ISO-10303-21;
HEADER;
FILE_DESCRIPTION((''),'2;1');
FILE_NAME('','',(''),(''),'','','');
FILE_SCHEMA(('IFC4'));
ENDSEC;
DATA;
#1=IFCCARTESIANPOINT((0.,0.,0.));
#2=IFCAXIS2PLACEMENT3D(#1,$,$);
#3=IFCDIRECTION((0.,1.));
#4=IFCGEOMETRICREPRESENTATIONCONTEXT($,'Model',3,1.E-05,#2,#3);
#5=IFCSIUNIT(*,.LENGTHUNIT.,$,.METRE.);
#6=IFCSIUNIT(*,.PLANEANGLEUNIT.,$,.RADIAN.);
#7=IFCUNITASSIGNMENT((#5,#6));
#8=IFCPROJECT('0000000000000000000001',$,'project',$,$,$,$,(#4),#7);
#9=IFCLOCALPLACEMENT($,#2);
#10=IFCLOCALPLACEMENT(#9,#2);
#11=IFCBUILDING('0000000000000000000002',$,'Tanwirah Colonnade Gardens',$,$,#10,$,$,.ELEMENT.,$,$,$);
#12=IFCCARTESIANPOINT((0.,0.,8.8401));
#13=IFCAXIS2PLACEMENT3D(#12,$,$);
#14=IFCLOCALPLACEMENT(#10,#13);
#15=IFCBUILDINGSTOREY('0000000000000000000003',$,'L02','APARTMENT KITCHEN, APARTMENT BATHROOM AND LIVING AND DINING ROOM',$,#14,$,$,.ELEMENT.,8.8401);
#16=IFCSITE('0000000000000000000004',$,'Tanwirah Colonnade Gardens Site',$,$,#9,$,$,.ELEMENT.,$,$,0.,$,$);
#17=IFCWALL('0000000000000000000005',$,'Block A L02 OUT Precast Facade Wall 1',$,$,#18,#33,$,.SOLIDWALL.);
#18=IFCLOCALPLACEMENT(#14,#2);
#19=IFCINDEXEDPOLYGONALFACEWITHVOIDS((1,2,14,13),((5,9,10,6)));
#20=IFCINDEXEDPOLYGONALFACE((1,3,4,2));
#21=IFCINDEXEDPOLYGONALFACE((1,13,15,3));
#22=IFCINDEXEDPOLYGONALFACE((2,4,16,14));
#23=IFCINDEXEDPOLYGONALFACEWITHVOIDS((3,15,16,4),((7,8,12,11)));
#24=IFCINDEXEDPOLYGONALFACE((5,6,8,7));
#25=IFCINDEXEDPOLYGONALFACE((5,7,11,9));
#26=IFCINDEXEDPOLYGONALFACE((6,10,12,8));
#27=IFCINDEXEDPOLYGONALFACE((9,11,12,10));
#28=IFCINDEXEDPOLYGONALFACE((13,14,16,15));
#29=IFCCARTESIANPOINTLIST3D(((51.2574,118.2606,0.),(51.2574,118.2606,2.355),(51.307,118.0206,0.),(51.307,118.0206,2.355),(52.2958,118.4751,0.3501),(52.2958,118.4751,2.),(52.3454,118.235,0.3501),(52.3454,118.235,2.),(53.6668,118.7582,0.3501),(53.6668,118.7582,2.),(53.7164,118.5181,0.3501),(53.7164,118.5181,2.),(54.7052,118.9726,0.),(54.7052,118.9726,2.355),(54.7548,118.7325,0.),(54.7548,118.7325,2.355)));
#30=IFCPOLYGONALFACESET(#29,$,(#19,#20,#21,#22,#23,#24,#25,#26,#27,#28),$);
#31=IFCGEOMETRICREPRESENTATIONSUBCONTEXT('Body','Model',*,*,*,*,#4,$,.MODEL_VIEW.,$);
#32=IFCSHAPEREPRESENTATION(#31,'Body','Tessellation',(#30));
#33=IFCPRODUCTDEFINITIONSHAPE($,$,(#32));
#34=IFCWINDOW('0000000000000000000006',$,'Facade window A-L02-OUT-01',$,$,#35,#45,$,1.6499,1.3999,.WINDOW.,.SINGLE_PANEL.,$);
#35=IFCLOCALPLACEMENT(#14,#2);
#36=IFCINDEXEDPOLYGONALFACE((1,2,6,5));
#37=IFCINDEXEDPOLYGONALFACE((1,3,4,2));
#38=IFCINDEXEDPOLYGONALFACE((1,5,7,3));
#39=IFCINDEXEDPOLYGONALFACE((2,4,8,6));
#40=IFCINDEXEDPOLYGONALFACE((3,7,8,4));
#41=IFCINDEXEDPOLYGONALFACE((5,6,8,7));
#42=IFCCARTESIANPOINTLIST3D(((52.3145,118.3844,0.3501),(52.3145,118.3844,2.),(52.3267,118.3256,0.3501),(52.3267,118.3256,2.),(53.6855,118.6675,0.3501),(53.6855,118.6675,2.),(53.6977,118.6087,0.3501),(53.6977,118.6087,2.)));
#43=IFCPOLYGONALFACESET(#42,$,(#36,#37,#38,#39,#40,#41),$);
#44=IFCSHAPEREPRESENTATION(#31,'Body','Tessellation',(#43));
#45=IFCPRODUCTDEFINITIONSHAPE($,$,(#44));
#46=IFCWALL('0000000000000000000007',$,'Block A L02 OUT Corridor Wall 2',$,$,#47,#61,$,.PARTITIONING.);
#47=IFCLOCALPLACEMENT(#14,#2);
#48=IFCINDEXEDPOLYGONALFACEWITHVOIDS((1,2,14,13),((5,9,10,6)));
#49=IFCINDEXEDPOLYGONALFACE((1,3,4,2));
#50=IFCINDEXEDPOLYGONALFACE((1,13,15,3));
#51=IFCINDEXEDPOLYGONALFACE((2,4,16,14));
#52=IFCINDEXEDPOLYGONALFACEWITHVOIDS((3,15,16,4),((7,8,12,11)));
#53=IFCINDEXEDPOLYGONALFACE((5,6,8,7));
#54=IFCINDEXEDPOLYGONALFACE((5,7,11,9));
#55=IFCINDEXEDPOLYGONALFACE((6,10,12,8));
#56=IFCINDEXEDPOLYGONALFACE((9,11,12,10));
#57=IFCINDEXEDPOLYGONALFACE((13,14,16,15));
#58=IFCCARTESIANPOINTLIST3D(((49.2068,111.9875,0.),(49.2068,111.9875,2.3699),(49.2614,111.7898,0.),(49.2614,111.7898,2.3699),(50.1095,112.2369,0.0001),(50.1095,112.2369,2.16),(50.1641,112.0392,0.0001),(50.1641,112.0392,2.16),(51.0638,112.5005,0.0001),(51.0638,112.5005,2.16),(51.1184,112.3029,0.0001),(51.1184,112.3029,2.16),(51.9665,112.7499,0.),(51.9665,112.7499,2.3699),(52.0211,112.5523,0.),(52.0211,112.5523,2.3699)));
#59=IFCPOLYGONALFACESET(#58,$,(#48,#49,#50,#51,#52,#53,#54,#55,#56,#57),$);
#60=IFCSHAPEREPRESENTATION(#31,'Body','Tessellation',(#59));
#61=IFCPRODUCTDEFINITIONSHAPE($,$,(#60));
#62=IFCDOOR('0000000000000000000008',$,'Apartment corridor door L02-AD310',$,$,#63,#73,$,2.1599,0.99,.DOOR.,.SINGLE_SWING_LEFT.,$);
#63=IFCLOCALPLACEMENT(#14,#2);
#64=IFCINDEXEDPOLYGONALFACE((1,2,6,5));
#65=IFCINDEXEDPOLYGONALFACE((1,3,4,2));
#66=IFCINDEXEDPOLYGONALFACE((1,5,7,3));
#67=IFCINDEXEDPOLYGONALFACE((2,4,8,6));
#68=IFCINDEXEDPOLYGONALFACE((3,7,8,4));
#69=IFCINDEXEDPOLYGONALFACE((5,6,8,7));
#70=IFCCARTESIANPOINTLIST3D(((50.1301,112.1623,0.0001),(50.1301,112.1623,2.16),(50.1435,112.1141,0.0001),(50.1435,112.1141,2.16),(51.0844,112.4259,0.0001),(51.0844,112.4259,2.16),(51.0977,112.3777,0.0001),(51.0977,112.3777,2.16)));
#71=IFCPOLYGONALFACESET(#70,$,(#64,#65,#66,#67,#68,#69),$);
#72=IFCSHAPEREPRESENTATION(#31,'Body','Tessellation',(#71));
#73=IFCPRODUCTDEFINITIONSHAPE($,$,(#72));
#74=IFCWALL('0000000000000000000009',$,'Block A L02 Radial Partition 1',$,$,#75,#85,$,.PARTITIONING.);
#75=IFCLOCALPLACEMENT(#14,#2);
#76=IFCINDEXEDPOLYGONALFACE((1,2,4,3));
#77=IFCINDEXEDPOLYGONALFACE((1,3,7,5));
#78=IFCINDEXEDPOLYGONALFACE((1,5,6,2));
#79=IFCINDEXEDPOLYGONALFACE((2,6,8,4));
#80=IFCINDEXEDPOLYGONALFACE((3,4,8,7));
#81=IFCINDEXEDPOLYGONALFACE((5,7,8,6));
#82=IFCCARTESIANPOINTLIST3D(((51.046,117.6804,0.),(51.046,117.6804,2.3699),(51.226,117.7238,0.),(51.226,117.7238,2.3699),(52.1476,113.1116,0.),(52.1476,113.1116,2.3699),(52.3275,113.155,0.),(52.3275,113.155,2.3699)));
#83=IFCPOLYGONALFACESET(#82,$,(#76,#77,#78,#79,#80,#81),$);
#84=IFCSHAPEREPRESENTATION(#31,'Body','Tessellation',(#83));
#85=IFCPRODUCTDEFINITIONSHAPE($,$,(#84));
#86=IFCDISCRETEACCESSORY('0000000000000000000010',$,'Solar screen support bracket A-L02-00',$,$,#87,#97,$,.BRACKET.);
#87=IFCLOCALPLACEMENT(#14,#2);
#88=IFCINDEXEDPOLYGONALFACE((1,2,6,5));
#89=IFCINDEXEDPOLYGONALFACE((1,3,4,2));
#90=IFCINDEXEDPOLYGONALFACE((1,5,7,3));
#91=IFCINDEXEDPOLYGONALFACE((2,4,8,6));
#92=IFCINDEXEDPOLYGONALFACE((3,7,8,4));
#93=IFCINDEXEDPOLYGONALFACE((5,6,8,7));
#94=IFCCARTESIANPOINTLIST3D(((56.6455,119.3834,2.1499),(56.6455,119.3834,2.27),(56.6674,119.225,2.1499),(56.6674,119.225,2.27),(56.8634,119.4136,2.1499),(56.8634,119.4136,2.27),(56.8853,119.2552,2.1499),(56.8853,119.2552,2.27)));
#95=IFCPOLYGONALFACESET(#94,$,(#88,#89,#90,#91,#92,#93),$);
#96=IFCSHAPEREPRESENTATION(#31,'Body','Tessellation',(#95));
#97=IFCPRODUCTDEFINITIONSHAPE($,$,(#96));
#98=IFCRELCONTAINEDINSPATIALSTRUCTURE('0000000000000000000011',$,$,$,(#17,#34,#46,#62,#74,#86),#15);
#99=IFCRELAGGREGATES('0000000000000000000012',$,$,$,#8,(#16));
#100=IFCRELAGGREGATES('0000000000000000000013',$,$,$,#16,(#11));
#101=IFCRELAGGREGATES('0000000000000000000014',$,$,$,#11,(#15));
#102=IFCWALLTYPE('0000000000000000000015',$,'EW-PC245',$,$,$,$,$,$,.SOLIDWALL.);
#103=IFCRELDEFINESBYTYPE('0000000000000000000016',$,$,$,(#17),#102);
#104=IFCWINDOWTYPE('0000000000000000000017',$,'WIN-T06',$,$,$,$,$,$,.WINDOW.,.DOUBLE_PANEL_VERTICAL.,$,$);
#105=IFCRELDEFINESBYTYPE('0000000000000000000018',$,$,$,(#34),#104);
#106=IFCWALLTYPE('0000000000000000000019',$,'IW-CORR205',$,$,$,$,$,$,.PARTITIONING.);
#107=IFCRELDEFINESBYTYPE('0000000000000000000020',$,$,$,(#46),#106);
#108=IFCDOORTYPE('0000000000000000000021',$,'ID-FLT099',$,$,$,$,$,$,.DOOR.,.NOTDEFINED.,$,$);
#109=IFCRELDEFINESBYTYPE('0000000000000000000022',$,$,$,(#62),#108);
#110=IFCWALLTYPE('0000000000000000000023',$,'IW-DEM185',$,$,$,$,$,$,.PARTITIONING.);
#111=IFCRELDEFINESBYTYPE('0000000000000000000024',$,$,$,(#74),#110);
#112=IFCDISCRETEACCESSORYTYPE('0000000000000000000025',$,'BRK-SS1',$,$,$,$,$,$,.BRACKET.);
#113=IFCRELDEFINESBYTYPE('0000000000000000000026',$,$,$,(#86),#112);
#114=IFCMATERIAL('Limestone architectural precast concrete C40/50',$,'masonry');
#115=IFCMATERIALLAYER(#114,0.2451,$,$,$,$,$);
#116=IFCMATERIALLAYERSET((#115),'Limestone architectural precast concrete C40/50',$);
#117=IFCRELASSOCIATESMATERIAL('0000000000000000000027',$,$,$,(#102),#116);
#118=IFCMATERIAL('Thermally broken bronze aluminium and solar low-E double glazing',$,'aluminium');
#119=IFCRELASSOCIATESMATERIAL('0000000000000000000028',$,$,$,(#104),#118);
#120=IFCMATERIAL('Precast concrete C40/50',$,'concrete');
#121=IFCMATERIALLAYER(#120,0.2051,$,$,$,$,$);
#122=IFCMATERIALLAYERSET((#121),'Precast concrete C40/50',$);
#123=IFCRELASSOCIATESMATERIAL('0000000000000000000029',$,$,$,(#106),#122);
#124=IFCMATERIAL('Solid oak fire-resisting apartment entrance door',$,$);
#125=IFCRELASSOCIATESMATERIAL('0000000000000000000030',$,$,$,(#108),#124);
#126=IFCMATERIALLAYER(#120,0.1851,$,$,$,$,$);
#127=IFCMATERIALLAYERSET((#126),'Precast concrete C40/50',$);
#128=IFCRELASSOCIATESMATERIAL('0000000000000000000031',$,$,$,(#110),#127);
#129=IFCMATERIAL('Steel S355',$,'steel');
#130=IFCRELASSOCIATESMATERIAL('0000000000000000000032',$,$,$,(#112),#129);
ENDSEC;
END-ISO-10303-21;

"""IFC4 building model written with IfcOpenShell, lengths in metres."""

from ifc_helpers import new_model, si_unit, direction, frame, frame_2d, origin, origin_2d, place, context, subcontext, project, spatial, rectangle, extrude, material, layer, layer_set, type_object, element, fill, save


model = new_model("IFC4")

# Units and contexts
model_context = context("Model", 3, precision=1e-05, world=origin(), true_north=direction((0.0, 1.0)))
body_context = subcontext(model_context, "Body", "Model", "MODEL_VIEW")
ifc_project = project(units=[si_unit("LENGTHUNIT", "METRE"), si_unit("PLANEANGLEUNIT", "RADIAN")], contexts=[model_context])

# Site, building, storey
site_placement = place(None, origin())
site = spatial("IfcSite", under=ifc_project, at=site_placement, Name="Tanwirah Colonnade Gardens Site", CompositionType="ELEMENT", RefElevation=0.0)
building_placement = place(site_placement, origin())
building = spatial("IfcBuilding", under=site, at=building_placement, Name="Tanwirah Colonnade Gardens", CompositionType="ELEMENT")
storey_placement = place(building_placement, frame((0.0, 0.0, 8.8401)))
storey = spatial("IfcBuildingStorey", under=building, at=storey_placement, Name="L02", Description="APARTMENT KITCHEN, APARTMENT BATHROOM AND LIVING AND DINING ROOM", CompositionType="ELEMENT", Elevation=8.8401)

# Shared definitions
ifc_material_1 = material(Name="Precast concrete C40/50", Category="concrete")

# Wall, opening, window
ifc_material_2 = material(Name="Limestone architectural precast concrete C40/50", Category="masonry")
ifc_layer_1 = layer(ifc_material_2, 0.2451)
ifc_layer_set_1 = layer_set([ifc_layer_1], Name="Limestone architectural precast concrete C40/50")
wall_type_1 = type_object("IfcWallType", Name="EW-PC245", PredefinedType="SOLIDWALL", material=ifc_layer_set_1)
wall_1_placement = place(storey_placement, frame((54.73, 118.8525, 0.0), z_axis=(0.0, 0.0, 1.0), x_axis=(-0.97934, -0.20222, 0.0)))
wall_1 = element("IfcWall", 1, at=wall_1_placement, inside=storey, type_object=wall_type_1, Name="Block A L02 OUT Precast Facade Wall 1", PredefinedType="SOLIDWALL", context=body_context, shape_type="SweptSolid", body=[
    extrude(rectangle(XDim=3.5205, YDim=0.2451, at=frame_2d((1.7603, 0.0))), origin(), (0.0, 0.0, 1.0), 2.355),
])
opening_1_placement = place(wall_1_placement, frame((1.0603, 0.0, 0.3501)))
opening_1 = element("IfcOpeningElement", 2, at=opening_1_placement, cuts=wall_1, PredefinedType="OPENING", context=body_context, shape_type="SweptSolid", body=[
    extrude(rectangle(XDim=1.3999, YDim=1.6499, at=frame_2d((0.7, 0.825))), frame((0.0, 0.1326, 0.0), z_axis=(0.0, -1.0, 0.0), x_axis=(1.0, 0.0, 0.0)), (0.0, 0.0, 1.0), 0.2651),
])
ifc_material_3 = material(Name="Thermally broken bronze aluminium and solar low-E double glazing", Category="aluminium")
window_type = type_object("IfcWindowType", Name="WIN-T06", PartitioningType="DOUBLE_PANEL_VERTICAL", PredefinedType="WINDOW", material=ifc_material_3)
window_placement = place(opening_1_placement, origin())
window = element("IfcWindow", 3, at=window_placement, inside=storey, type_object=window_type, Name="Facade window A-L02-OUT-01", OverallHeight=1.6499, OverallWidth=1.3999, PartitioningType="SINGLE_PANEL", PredefinedType="WINDOW", context=body_context, shape_type="SweptSolid", body=[
    extrude(rectangle(XDim=1.3999, YDim=1.6499, at=frame_2d((0.7, 0.825))), frame((0.0, 0.03, 0.0), z_axis=(0.0, -1.0, 0.0), x_axis=(1.0, 0.0, 0.0)), (0.0, 0.0, 1.0), 0.0601),
])
fill(opening_1, window)

# Wall, opening, door
ifc_layer_2 = layer(ifc_material_1, 0.2051)
ifc_layer_set_2 = layer_set([ifc_layer_2], Name="Precast concrete C40/50")
wall_type_2 = type_object("IfcWallType", Name="IW-CORR205", PredefinedType="PARTITIONING", material=ifc_layer_set_2)
ifc_material_4 = material(Name="Solid oak fire-resisting apartment entrance door")
wall_2_placement = place(storey_placement, frame((51.9939, 112.6511, 0.0), z_axis=(0.0, 0.0, 1.0), x_axis=(-0.963891, -0.266298, 0.0)))
wall_2 = element("IfcWall", 4, at=wall_2_placement, inside=storey, type_object=wall_type_2, Name="Block A L02 OUT Corridor Wall 2", PredefinedType="PARTITIONING", context=body_context, shape_type="SweptSolid", body=[
    extrude(rectangle(XDim=2.863, YDim=0.2051, at=frame_2d((1.4316, 0.0))), origin(), (0.0, 0.0, 1.0), 2.3699),
])
opening_2_placement = place(wall_2_placement, frame((0.9365, 0.0, 0.0)))
opening_2 = element("IfcOpeningElement", 5, at=opening_2_placement, cuts=wall_2, PredefinedType="OPENING", context=body_context, shape_type="SweptSolid", body=[
    extrude(rectangle(XDim=0.99, YDim=2.1599, at=frame_2d((0.4951, 1.0801))), frame((0.0, 0.1125, 0.0), z_axis=(0.0, -1.0, 0.0), x_axis=(1.0, 0.0, 0.0)), (0.0, 0.0, 1.0), 0.2251),
])
door_type_1 = type_object("IfcDoorType", Name="ID-FLT099", OperationType="NOTDEFINED", PredefinedType="DOOR", material=ifc_material_4)
door_1_placement = place(opening_2_placement, origin())
door_1 = element("IfcDoor", 6, at=door_1_placement, inside=storey, type_object=door_type_1, Name="Apartment corridor door L02-AD310", OperationType="SINGLE_SWING_LEFT", OverallHeight=2.1599, OverallWidth=0.99, PredefinedType="DOOR", context=body_context, shape_type="SweptSolid", body=[
    extrude(rectangle(XDim=0.99, YDim=2.1599, at=frame_2d((0.4951, 1.0801))), frame((0.0, 0.0249, 0.0), z_axis=(0.0, -1.0, 0.0), x_axis=(1.0, 0.0, 0.0)), (0.0, 0.0, 1.0), 0.05),
])
fill(opening_2, door_1)

# Wall
ifc_layer_3 = layer(ifc_material_1, 0.1851)
ifc_layer_set_3 = layer_set([ifc_layer_3], Name="Precast concrete C40/50")
wall_type_3 = type_object("IfcWallType", Name="IW-DEM185", PredefinedType="PARTITIONING", material=ifc_layer_set_3)
wall_3_placement = place(storey_placement, frame((52.2375, 113.1333, 0.0), z_axis=(0.0, 0.0, 1.0), x_axis=(-0.234387, 0.972143, 0.0)))
element("IfcWall", 7, at=wall_3_placement, inside=storey, type_object=wall_type_3, Name="Block A L02 Radial Partition 1", PredefinedType="PARTITIONING", context=body_context, shape_type="SweptSolid", body=[
    extrude(rectangle(XDim=4.6997, YDim=0.1851, at=frame_2d((2.3499, 0.0))), origin(), (0.0, 0.0, 1.0), 2.3699),
])

# Discrete accessory
ifc_material_5 = material(Name="Steel S355", Category="steel")
discrete_accessory_type = type_object("IfcDiscreteAccessoryType", Name="BRK-SS1", PredefinedType="BRACKET", material=ifc_material_5)
discrete_accessory_placement = place(storey_placement, frame((56.7654, 119.3193, 2.1499), z_axis=(0.0, 0.0, 1.0), x_axis=(-0.990536, -0.137251, 0.0)))
element("IfcDiscreteAccessory", 8, at=discrete_accessory_placement, inside=storey, type_object=discrete_accessory_type, Name="Solar screen support bracket A-L02-00", PredefinedType="BRACKET", context=body_context, shape_type="SweptSolid", body=[
    extrude(rectangle(XDim=0.22, YDim=0.1599, at=origin_2d()), origin(), (0.0, 0.0, 1.0), 0.1201),
])

save(model, "model.ifc")
